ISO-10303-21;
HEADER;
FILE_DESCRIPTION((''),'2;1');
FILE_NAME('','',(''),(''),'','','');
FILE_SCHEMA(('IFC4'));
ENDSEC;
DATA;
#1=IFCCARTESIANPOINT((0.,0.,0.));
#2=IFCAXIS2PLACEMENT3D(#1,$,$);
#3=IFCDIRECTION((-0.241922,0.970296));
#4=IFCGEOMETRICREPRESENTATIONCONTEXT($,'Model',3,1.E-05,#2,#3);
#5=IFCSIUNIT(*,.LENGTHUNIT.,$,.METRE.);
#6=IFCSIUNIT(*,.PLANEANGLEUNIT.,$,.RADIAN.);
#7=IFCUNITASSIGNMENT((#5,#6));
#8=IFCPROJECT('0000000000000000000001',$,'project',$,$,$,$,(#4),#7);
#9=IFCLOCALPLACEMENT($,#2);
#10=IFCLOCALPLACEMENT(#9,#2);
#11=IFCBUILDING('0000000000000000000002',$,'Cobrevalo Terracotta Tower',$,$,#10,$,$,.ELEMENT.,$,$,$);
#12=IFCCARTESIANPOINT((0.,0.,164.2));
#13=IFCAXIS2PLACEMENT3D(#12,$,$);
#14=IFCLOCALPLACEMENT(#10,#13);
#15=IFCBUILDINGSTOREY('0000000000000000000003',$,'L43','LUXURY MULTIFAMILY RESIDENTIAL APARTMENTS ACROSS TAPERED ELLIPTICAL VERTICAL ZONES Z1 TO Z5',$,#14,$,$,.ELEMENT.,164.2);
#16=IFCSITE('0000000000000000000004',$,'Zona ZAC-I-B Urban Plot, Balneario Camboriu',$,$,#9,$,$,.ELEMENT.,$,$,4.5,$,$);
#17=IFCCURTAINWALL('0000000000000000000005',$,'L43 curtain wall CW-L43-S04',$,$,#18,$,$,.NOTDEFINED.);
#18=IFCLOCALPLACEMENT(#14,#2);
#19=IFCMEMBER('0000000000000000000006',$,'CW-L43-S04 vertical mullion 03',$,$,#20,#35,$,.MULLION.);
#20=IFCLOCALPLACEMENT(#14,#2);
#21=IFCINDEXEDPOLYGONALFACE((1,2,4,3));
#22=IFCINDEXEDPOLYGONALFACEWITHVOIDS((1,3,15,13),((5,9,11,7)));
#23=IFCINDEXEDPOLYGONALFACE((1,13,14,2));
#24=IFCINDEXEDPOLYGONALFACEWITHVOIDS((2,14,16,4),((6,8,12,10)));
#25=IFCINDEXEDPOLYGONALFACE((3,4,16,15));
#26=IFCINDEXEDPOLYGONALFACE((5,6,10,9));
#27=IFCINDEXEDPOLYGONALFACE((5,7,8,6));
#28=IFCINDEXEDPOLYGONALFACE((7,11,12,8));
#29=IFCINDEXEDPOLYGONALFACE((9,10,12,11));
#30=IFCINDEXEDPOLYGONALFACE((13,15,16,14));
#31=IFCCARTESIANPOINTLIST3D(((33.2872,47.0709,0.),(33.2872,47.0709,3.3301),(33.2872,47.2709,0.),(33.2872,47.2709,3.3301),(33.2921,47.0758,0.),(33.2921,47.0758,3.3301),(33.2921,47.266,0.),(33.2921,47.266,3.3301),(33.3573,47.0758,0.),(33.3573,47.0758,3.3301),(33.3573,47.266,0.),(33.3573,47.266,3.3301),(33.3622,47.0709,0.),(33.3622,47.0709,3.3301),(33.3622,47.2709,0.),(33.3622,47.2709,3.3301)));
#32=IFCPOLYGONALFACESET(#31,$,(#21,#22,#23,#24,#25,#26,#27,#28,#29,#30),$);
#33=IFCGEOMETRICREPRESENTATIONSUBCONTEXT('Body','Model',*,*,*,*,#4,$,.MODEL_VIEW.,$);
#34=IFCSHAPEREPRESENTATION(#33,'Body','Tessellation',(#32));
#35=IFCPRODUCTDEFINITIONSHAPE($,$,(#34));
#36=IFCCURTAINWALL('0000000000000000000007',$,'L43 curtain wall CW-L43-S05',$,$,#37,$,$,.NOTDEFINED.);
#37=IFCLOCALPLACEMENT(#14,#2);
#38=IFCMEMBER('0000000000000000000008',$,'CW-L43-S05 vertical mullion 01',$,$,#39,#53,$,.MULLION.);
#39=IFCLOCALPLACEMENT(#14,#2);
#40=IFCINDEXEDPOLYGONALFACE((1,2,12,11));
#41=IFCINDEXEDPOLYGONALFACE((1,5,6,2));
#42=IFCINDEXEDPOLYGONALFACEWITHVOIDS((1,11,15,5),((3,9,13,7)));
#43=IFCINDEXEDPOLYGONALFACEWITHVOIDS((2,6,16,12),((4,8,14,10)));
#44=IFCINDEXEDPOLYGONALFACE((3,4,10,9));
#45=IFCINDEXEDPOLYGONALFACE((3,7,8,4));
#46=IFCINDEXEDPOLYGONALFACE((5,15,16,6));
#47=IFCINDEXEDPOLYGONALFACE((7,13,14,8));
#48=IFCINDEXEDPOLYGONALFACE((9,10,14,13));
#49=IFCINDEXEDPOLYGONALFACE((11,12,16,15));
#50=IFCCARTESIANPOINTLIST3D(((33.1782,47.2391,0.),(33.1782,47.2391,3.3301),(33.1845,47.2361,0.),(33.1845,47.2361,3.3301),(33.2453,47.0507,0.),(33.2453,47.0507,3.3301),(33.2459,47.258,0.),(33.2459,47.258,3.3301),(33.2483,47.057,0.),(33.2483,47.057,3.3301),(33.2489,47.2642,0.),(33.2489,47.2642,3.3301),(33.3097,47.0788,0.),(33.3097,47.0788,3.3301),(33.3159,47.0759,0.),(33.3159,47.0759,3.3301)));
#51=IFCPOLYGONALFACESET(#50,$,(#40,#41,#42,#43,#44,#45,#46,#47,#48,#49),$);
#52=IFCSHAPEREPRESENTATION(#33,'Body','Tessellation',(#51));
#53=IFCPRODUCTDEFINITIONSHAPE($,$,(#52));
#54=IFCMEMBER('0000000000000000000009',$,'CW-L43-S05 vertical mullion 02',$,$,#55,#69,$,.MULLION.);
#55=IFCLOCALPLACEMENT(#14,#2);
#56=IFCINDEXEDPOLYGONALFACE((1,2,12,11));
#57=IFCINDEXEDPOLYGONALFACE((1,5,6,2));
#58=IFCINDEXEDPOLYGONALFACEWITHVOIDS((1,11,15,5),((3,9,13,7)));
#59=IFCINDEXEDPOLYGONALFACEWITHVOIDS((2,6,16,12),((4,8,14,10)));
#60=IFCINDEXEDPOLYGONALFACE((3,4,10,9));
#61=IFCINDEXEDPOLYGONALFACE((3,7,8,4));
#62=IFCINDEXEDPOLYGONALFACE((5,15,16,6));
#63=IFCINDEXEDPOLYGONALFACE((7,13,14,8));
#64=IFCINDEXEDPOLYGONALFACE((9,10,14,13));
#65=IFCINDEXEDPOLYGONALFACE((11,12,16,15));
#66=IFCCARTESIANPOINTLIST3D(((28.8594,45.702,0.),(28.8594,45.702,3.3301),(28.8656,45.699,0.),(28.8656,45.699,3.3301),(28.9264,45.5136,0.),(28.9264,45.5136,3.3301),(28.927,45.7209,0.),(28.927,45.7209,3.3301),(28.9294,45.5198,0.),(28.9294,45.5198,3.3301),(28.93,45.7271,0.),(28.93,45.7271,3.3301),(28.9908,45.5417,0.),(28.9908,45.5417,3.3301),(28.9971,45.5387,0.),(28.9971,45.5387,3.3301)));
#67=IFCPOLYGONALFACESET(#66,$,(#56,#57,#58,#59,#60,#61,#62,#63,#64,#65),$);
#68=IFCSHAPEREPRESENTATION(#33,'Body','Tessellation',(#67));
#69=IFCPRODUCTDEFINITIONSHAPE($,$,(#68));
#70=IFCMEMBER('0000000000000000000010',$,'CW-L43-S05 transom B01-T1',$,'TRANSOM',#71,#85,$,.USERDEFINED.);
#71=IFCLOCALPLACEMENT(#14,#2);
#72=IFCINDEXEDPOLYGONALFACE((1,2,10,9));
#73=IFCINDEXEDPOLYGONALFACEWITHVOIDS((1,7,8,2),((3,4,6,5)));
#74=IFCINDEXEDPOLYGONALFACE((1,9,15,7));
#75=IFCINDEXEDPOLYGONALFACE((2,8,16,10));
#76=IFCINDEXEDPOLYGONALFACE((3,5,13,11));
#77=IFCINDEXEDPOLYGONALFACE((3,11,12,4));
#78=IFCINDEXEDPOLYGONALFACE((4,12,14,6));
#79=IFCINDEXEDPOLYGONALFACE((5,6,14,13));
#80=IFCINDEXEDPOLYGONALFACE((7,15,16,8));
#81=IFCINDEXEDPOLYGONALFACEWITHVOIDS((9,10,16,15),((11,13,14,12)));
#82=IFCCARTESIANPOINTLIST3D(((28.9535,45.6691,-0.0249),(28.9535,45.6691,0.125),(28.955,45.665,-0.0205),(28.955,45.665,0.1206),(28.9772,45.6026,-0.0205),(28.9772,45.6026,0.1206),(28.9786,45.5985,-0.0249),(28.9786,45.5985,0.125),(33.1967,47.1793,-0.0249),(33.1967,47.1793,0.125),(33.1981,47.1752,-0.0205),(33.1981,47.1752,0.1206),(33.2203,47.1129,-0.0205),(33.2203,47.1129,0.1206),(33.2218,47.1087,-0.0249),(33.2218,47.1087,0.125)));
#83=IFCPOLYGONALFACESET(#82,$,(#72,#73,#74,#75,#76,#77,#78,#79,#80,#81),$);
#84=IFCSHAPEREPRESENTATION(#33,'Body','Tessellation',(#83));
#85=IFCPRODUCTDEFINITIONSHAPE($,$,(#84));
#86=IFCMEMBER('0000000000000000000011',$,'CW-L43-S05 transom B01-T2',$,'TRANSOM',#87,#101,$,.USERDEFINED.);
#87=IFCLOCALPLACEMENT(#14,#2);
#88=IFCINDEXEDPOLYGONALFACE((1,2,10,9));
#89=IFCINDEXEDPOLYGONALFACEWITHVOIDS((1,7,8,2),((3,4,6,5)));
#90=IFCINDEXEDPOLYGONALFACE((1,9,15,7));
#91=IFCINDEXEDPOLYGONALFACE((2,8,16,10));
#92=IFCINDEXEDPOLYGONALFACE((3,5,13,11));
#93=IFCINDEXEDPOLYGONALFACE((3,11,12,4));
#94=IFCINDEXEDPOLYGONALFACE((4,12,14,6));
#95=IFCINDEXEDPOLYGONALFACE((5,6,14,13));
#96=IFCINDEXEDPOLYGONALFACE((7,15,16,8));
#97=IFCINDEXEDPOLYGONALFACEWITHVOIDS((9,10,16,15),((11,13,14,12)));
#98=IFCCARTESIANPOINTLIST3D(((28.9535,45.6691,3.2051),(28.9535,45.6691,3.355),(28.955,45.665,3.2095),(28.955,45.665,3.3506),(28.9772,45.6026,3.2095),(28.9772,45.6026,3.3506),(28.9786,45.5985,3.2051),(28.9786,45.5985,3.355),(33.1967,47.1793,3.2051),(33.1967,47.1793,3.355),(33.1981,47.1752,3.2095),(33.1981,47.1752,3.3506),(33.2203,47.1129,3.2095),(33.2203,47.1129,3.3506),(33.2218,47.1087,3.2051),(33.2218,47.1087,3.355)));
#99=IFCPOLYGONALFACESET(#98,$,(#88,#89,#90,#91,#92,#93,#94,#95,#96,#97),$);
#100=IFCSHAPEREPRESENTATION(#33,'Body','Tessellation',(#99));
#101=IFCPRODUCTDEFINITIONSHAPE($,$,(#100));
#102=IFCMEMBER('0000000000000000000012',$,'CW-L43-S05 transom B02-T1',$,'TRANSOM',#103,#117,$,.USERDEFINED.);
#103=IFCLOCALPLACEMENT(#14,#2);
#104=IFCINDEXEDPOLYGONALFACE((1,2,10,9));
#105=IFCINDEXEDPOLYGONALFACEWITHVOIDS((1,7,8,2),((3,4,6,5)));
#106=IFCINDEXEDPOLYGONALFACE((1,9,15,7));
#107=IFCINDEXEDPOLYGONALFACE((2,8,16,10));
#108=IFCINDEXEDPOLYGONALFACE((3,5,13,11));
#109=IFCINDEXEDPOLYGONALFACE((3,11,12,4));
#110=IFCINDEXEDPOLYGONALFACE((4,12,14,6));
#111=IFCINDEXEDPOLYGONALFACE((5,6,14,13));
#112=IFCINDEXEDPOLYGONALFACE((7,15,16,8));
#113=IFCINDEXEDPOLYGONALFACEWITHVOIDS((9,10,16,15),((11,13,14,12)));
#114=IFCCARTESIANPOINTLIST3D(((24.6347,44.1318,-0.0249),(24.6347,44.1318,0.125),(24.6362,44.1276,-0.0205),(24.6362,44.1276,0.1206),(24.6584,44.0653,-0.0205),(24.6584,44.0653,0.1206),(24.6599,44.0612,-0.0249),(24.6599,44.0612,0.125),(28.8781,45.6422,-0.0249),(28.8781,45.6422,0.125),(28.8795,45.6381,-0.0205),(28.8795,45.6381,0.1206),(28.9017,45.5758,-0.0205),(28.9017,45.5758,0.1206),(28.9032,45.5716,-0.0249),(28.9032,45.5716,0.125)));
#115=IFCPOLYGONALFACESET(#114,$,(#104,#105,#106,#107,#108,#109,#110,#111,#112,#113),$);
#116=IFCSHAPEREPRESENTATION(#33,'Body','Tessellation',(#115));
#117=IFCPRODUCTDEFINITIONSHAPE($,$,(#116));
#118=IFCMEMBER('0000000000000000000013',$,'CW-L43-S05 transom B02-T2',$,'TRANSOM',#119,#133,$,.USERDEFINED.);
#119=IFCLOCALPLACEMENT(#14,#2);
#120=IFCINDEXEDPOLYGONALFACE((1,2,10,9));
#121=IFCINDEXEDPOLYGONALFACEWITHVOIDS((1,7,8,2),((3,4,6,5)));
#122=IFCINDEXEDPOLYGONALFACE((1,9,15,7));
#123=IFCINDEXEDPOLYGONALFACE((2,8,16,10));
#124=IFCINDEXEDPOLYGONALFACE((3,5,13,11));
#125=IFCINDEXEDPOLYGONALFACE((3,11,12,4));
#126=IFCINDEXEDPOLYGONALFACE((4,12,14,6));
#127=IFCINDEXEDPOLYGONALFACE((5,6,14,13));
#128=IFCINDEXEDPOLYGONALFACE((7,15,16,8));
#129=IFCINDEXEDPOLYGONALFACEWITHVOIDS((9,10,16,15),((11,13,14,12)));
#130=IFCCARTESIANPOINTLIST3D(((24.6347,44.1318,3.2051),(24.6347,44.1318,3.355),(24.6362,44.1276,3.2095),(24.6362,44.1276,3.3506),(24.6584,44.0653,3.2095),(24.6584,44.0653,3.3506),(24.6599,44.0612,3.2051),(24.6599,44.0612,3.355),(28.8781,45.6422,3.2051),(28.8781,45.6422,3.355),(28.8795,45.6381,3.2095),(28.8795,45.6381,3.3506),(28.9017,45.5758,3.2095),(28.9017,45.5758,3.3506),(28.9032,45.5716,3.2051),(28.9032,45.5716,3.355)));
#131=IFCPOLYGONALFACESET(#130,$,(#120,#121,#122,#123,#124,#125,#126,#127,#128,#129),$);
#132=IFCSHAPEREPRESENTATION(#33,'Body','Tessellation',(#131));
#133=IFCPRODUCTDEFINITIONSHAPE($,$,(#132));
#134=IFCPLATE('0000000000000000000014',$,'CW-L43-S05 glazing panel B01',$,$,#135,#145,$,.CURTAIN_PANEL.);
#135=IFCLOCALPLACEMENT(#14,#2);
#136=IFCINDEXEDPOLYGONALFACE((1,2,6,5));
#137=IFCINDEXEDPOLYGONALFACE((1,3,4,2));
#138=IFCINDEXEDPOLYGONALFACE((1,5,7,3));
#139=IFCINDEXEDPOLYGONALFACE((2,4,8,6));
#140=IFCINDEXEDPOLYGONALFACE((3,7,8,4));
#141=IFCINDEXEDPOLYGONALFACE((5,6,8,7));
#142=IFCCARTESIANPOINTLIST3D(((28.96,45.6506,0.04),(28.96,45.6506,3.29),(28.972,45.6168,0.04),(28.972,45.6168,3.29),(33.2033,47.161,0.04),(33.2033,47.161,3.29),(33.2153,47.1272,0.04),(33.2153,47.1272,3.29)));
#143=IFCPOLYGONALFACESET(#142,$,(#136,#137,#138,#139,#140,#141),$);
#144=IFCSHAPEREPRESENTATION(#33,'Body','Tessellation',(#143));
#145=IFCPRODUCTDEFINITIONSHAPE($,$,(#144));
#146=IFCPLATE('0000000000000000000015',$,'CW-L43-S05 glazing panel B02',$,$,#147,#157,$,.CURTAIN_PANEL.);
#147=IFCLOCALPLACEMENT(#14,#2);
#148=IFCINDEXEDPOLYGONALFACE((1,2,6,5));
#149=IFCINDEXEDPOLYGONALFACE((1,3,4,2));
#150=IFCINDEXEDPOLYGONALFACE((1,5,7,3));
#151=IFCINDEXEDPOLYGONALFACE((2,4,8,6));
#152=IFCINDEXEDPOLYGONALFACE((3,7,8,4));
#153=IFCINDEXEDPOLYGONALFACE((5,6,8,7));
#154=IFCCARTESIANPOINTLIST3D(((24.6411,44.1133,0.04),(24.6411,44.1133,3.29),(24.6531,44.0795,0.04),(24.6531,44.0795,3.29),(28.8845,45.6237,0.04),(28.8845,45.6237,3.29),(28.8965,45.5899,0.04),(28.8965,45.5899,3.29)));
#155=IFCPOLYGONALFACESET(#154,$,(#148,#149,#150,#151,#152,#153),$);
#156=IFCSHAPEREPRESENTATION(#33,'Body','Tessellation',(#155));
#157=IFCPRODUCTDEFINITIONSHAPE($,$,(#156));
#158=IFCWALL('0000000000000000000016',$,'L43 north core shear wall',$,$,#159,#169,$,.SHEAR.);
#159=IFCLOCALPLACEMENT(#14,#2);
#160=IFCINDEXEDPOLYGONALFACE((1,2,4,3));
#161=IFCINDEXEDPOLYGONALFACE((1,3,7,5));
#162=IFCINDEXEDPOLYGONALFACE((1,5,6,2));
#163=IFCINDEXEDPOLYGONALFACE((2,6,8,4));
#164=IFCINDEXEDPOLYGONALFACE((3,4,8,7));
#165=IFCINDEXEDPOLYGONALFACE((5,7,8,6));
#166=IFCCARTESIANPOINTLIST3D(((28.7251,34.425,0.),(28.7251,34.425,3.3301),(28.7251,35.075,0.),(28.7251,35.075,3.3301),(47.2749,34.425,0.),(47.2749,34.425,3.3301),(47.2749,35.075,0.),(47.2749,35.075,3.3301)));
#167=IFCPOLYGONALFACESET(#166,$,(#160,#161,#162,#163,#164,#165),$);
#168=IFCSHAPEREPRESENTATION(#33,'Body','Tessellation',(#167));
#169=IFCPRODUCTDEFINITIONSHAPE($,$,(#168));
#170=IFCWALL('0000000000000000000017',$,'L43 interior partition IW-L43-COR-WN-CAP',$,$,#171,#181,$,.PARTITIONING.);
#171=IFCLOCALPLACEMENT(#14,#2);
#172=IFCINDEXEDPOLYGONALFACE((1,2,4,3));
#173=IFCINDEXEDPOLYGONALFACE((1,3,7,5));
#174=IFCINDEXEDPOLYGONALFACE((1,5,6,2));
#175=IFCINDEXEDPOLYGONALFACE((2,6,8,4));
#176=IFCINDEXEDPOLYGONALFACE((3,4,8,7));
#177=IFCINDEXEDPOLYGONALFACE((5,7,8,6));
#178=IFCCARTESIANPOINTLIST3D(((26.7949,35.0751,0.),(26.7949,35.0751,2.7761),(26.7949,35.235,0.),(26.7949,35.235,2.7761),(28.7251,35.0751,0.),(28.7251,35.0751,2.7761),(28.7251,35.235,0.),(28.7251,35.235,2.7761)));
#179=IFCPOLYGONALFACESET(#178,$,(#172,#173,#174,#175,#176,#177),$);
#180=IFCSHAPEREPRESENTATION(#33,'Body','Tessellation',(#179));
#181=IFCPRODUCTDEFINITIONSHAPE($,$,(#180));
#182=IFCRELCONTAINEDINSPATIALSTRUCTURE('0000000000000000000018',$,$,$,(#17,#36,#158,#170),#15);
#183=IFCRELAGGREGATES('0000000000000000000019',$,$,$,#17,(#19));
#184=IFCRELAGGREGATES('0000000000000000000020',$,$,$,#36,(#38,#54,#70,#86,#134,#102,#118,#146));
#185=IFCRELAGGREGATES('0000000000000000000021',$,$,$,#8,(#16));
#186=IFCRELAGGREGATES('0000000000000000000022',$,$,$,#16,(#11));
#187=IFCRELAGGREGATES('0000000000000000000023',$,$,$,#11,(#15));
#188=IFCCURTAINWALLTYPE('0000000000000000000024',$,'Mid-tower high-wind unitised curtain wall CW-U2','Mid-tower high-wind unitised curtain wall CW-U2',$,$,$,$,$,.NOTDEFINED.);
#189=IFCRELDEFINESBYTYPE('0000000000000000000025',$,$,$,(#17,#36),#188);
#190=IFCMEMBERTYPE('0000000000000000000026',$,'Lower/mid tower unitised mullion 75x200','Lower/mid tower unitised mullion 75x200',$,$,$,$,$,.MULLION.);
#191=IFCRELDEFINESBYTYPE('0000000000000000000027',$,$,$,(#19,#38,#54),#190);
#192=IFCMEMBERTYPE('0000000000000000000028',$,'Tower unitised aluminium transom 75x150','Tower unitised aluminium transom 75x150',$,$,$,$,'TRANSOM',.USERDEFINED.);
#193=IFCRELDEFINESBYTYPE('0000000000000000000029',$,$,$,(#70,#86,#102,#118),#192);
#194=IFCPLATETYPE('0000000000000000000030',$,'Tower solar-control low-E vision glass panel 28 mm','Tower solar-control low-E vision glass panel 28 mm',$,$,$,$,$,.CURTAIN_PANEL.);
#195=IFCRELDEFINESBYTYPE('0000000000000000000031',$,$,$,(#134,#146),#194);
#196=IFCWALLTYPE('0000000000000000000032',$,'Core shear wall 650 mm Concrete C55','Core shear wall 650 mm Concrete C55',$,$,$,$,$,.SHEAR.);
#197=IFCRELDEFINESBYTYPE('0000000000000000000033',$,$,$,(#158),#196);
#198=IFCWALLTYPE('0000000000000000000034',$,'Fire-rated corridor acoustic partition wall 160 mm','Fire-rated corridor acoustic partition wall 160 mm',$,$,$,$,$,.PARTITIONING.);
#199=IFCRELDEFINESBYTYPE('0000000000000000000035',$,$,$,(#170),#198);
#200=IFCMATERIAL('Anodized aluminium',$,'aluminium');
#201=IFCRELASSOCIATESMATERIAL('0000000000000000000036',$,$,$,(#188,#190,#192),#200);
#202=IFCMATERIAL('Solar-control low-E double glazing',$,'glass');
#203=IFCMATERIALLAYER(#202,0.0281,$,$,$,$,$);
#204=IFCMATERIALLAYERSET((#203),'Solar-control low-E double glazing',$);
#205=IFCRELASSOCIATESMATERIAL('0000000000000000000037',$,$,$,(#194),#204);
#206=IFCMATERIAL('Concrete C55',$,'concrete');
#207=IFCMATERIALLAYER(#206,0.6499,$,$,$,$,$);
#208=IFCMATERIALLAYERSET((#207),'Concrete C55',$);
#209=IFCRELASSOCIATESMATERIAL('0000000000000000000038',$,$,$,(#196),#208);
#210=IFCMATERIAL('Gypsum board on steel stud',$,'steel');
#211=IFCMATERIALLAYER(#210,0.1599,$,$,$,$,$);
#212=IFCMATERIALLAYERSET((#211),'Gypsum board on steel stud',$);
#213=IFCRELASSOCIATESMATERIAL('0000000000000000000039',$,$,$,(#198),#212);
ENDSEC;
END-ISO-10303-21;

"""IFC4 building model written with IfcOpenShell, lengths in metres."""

from ifc_helpers import new_model, si_unit, direction, frame, frame_2d, origin, origin_2d, place, context, subcontext, project, spatial, rectangle, hollow_rectangle, extrude, source, transform, mapped, material, layer, layer_set, material_profile, profile_set, type_object, element, aggregate, save


model = new_model("IFC4")

# Units and contexts
model_context = context("Model", 3, precision=1e-05, world=origin(), true_north=direction((-0.241922, 0.970296)))
body_context = subcontext(model_context, "Body", "Model", "MODEL_VIEW")
ifc_project = project(units=[si_unit("LENGTHUNIT", "METRE"), si_unit("PLANEANGLEUNIT", "RADIAN")], contexts=[model_context])

# Site, building, storey
site_placement = place(None, origin())
site = spatial("IfcSite", under=ifc_project, at=site_placement, Name="Zona ZAC-I-B Urban Plot, Balneario Camboriu", CompositionType="ELEMENT", RefElevation=4.5)
building_placement = place(site_placement, origin())
building = spatial("IfcBuilding", under=site, at=building_placement, Name="Cobrevalo Terracotta Tower", CompositionType="ELEMENT")
storey_placement = place(building_placement, frame((0.0, 0.0, 164.2)))
storey = spatial("IfcBuildingStorey", under=building, at=storey_placement, Name="L43", Description="LUXURY MULTIFAMILY RESIDENTIAL APARTMENTS ACROSS TAPERED ELLIPTICAL VERTICAL ZONES Z1 TO Z5", CompositionType="ELEMENT", Elevation=164.2)

# Shared definitions
ifc_material_1 = material(Name="Concrete C55", Category="concrete")

# Curtain wall, member
ifc_material_2 = material(Name="Anodized aluminium", Category="aluminium")
curtain_wall_type = type_object("IfcCurtainWallType", Name="Mid-tower high-wind unitised curtain wall CW-U2", Description="Mid-tower high-wind unitised curtain wall CW-U2", PredefinedType="NOTDEFINED", material=ifc_material_2)
curtain_wall_1_placement = place(storey_placement, origin())
curtain_wall_1 = element("IfcCurtainWall", 1, at=curtain_wall_1_placement, inside=storey, type_object=curtain_wall_type, Name="L43 curtain wall CW-L43-S04", PredefinedType="NOTDEFINED")
ifc_material_profile_1 = material_profile(ifc_material_2, hollow_rectangle(XDim=0.075, YDim=0.2, WallThickness=0.0049, at=origin_2d()), Name="CWM 75x200")
ifc_profile_set_1 = profile_set([ifc_material_profile_1], Name="Anodized aluminium")
member_type_1 = type_object("IfcMemberType", Name="Lower/mid tower unitised mullion 75x200", Description="Lower/mid tower unitised mullion 75x200", PredefinedType="MULLION", material=ifc_profile_set_1)
shared_shape_1 = source(origin(), body_context, "Body", "SweptSolid", [
    extrude(hollow_rectangle(XDim=0.075, YDim=0.2, WallThickness=0.0049, at=origin_2d()), origin(), (0.0, 0.0, 1.0), 3.3301),
])
member_1_placement = place(storey_placement, frame((33.3247, 47.1709, 0.0), z_axis=(0.0, 0.0, 1.0), x_axis=(-1.0, 0.0, 0.0)))
member_1 = element("IfcMember", 2, at=member_1_placement, type_object=member_type_1, Name="CW-L43-S04 vertical mullion 03", PredefinedType="MULLION", context=body_context, shape_type="MappedRepresentation", body=[
    mapped(shared_shape_1, transform((0.0, 0.0, 0.0), scale=1.0)),
])
aggregate(curtain_wall_1, [member_1])

# Curtain wall, members, plates
curtain_wall_2_placement = place(storey_placement, origin())
curtain_wall_2 = element("IfcCurtainWall", 3, at=curtain_wall_2_placement, inside=storey, type_object=curtain_wall_type, Name="L43 curtain wall CW-L43-S05", PredefinedType="NOTDEFINED")
member_2_placement = place(storey_placement, frame((33.2471, 47.1575, 0.0), z_axis=(0.0, 0.0, 1.0), x_axis=(-0.942098, -0.335336, 0.0)))
member_2 = element("IfcMember", 4, at=member_2_placement, type_object=member_type_1, Name="CW-L43-S05 vertical mullion 01", PredefinedType="MULLION", context=body_context, shape_type="MappedRepresentation", body=[
    mapped(shared_shape_1, transform((0.0, 0.0, 0.0), scale=1.0)),
])
member_3_placement = place(storey_placement, frame((28.9282, 45.6204, 0.0), z_axis=(0.0, 0.0, 1.0), x_axis=(-0.942098, -0.335336, 0.0)))
member_3 = element("IfcMember", 5, at=member_3_placement, type_object=member_type_1, Name="CW-L43-S05 vertical mullion 02", PredefinedType="MULLION", context=body_context, shape_type="MappedRepresentation", body=[
    mapped(shared_shape_1, transform((0.0, 0.0, 0.0), scale=1.0)),
])
ifc_material_profile_2 = material_profile(ifc_material_2, hollow_rectangle(XDim=0.075, YDim=0.1499, WallThickness=0.0044, at=origin_2d()), Name="CWT 75x150")
ifc_profile_set_2 = profile_set([ifc_material_profile_2], Name="Anodized aluminium")
member_type_2 = type_object("IfcMemberType", Name="Tower unitised aluminium transom 75x150", Description="Tower unitised aluminium transom 75x150", ElementType="TRANSOM", PredefinedType="USERDEFINED", material=ifc_profile_set_2)
shared_shape_2 = source(origin(), body_context, "Body", "SweptSolid", [
    extrude(hollow_rectangle(XDim=0.075, YDim=0.1499, WallThickness=0.0044, at=origin_2d()), origin(), (0.0, 0.0, 1.0), 4.5039),
])
member_4_placement = place(storey_placement, frame((33.2092, 47.144, 0.05), z_axis=(-0.942104, -0.33532, 0.0), x_axis=(0.33532, -0.942104, 0.0)))
member_4 = element("IfcMember", 6, at=member_4_placement, type_object=member_type_2, Name="CW-L43-S05 transom B01-T1", ObjectType="TRANSOM", PredefinedType="USERDEFINED", context=body_context, shape_type="MappedRepresentation", body=[
    mapped(shared_shape_2, transform((0.0, 0.0, 0.0), scale=1.0)),
])
member_5_placement = place(storey_placement, frame((33.2092, 47.144, 3.28), z_axis=(-0.942104, -0.33532, 0.0), x_axis=(0.33532, -0.942104, 0.0)))
member_5 = element("IfcMember", 7, at=member_5_placement, type_object=member_type_2, Name="CW-L43-S05 transom B01-T2", ObjectType="TRANSOM", PredefinedType="USERDEFINED", context=body_context, shape_type="MappedRepresentation", body=[
    mapped(shared_shape_2, transform((0.0, 0.0, 0.0), scale=1.0)),
])
shared_shape_3 = source(origin(), body_context, "Body", "SweptSolid", [
    extrude(hollow_rectangle(XDim=0.075, YDim=0.1499, WallThickness=0.0044, at=origin_2d()), origin(), (0.0, 0.0, 1.0), 4.5042),
])
member_6_placement = place(storey_placement, frame((28.8906, 45.6069, 0.05), z_axis=(-0.942093, -0.335351, 0.0), x_axis=(0.335351, -0.942093, 0.0)))
member_6 = element("IfcMember", 8, at=member_6_placement, type_object=member_type_2, Name="CW-L43-S05 transom B02-T1", ObjectType="TRANSOM", PredefinedType="USERDEFINED", context=body_context, shape_type="MappedRepresentation", body=[
    mapped(shared_shape_3, transform((0.0, 0.0, 0.0), scale=1.0)),
])
member_7_placement = place(storey_placement, frame((28.8906, 45.6069, 3.28), z_axis=(-0.942093, -0.335351, 0.0), x_axis=(0.335351, -0.942093, 0.0)))
member_7 = element("IfcMember", 9, at=member_7_placement, type_object=member_type_2, Name="CW-L43-S05 transom B02-T2", ObjectType="TRANSOM", PredefinedType="USERDEFINED", context=body_context, shape_type="MappedRepresentation", body=[
    mapped(shared_shape_3, transform((0.0, 0.0, 0.0), scale=1.0)),
])
ifc_material_3 = material(Name="Solar-control low-E double glazing", Category="glass")
ifc_layer_1 = layer(ifc_material_3, 0.0281)
ifc_layer_set_1 = layer_set([ifc_layer_1], Name="Solar-control low-E double glazing")
plate_type = type_object("IfcPlateType", Name="Tower solar-control low-E vision glass panel 28 mm", Description="Tower solar-control low-E vision glass panel 28 mm", PredefinedType="CURTAIN_PANEL", material=ifc_layer_set_1)
shared_shape_4 = source(origin(), body_context, "Body", "SweptSolid", [
    extrude(rectangle(XDim=4.5042, YDim=0.0359, at=origin_2d()), origin(), (0.0, 0.0, 1.0), 3.25),
])
plate_1_placement = place(storey_placement, frame((31.0876, 46.3889, 0.04), z_axis=(0.0, 0.0, 1.0), x_axis=(-0.942098, -0.335336, 0.0)))
plate_1 = element("IfcPlate", 10, at=plate_1_placement, type_object=plate_type, Name="CW-L43-S05 glazing panel B01", PredefinedType="CURTAIN_PANEL", context=body_context, shape_type="MappedRepresentation", body=[
    mapped(shared_shape_4, transform((0.0, 0.0, 0.0), scale=1.0)),
])
plate_2_placement = place(storey_placement, frame((26.7688, 44.8516, 0.04), z_axis=(0.0, 0.0, 1.0), x_axis=(-0.942098, -0.335336, 0.0)))
plate_2 = element("IfcPlate", 11, at=plate_2_placement, type_object=plate_type, Name="CW-L43-S05 glazing panel B02", PredefinedType="CURTAIN_PANEL", context=body_context, shape_type="MappedRepresentation", body=[
    mapped(shared_shape_4, transform((0.0, 0.0, 0.0), scale=1.0)),
])
aggregate(curtain_wall_2, [member_2, member_3, member_4, member_5, plate_1, member_6, member_7, plate_2])

# Walls
ifc_layer_2 = layer(ifc_material_1, 0.6499)
ifc_layer_set_2 = layer_set([ifc_layer_2], Name="Concrete C55")
wall_type_1 = type_object("IfcWallType", Name="Core shear wall 650 mm Concrete C55", Description="Core shear wall 650 mm Concrete C55", PredefinedType="SHEAR", material=ifc_layer_set_2)
wall_1_placement = place(storey_placement, frame((28.7251, 34.75, 0.0), z_axis=(0.0, 0.0, 1.0), x_axis=(1.0, 0.0, 0.0)))
element("IfcWall", 12, at=wall_1_placement, inside=storey, type_object=wall_type_1, Name="L43 north core shear wall", PredefinedType="SHEAR", context=body_context, shape_type="SweptSolid", body=[
    extrude(rectangle(XDim=18.5498, YDim=0.6499, at=frame_2d((9.2749, 0.0))), origin(), (0.0, 0.0, 1.0), 3.3301),
])
ifc_material_4 = material(Name="Gypsum board on steel stud", Category="steel")
ifc_layer_3 = layer(ifc_material_4, 0.1599)
ifc_layer_set_3 = layer_set([ifc_layer_3], Name="Gypsum board on steel stud")
wall_type_2 = type_object("IfcWallType", Name="Fire-rated corridor acoustic partition wall 160 mm", Description="Fire-rated corridor acoustic partition wall 160 mm", PredefinedType="PARTITIONING", material=ifc_layer_set_3)
wall_2_placement = place(storey_placement, frame((26.7949, 35.155, 0.0), z_axis=(0.0, 0.0, 1.0), x_axis=(1.0, 0.0, 0.0)))
element("IfcWall", 13, at=wall_2_placement, inside=storey, type_object=wall_type_2, Name="L43 interior partition IW-L43-COR-WN-CAP", PredefinedType="PARTITIONING", context=body_context, shape_type="SweptSolid", body=[
    extrude(rectangle(XDim=1.9302, YDim=0.1599, at=frame_2d((0.9651, 0.0))), origin(), (0.0, 0.0, 1.0), 2.7761),
])

save(model, "model.ifc")
